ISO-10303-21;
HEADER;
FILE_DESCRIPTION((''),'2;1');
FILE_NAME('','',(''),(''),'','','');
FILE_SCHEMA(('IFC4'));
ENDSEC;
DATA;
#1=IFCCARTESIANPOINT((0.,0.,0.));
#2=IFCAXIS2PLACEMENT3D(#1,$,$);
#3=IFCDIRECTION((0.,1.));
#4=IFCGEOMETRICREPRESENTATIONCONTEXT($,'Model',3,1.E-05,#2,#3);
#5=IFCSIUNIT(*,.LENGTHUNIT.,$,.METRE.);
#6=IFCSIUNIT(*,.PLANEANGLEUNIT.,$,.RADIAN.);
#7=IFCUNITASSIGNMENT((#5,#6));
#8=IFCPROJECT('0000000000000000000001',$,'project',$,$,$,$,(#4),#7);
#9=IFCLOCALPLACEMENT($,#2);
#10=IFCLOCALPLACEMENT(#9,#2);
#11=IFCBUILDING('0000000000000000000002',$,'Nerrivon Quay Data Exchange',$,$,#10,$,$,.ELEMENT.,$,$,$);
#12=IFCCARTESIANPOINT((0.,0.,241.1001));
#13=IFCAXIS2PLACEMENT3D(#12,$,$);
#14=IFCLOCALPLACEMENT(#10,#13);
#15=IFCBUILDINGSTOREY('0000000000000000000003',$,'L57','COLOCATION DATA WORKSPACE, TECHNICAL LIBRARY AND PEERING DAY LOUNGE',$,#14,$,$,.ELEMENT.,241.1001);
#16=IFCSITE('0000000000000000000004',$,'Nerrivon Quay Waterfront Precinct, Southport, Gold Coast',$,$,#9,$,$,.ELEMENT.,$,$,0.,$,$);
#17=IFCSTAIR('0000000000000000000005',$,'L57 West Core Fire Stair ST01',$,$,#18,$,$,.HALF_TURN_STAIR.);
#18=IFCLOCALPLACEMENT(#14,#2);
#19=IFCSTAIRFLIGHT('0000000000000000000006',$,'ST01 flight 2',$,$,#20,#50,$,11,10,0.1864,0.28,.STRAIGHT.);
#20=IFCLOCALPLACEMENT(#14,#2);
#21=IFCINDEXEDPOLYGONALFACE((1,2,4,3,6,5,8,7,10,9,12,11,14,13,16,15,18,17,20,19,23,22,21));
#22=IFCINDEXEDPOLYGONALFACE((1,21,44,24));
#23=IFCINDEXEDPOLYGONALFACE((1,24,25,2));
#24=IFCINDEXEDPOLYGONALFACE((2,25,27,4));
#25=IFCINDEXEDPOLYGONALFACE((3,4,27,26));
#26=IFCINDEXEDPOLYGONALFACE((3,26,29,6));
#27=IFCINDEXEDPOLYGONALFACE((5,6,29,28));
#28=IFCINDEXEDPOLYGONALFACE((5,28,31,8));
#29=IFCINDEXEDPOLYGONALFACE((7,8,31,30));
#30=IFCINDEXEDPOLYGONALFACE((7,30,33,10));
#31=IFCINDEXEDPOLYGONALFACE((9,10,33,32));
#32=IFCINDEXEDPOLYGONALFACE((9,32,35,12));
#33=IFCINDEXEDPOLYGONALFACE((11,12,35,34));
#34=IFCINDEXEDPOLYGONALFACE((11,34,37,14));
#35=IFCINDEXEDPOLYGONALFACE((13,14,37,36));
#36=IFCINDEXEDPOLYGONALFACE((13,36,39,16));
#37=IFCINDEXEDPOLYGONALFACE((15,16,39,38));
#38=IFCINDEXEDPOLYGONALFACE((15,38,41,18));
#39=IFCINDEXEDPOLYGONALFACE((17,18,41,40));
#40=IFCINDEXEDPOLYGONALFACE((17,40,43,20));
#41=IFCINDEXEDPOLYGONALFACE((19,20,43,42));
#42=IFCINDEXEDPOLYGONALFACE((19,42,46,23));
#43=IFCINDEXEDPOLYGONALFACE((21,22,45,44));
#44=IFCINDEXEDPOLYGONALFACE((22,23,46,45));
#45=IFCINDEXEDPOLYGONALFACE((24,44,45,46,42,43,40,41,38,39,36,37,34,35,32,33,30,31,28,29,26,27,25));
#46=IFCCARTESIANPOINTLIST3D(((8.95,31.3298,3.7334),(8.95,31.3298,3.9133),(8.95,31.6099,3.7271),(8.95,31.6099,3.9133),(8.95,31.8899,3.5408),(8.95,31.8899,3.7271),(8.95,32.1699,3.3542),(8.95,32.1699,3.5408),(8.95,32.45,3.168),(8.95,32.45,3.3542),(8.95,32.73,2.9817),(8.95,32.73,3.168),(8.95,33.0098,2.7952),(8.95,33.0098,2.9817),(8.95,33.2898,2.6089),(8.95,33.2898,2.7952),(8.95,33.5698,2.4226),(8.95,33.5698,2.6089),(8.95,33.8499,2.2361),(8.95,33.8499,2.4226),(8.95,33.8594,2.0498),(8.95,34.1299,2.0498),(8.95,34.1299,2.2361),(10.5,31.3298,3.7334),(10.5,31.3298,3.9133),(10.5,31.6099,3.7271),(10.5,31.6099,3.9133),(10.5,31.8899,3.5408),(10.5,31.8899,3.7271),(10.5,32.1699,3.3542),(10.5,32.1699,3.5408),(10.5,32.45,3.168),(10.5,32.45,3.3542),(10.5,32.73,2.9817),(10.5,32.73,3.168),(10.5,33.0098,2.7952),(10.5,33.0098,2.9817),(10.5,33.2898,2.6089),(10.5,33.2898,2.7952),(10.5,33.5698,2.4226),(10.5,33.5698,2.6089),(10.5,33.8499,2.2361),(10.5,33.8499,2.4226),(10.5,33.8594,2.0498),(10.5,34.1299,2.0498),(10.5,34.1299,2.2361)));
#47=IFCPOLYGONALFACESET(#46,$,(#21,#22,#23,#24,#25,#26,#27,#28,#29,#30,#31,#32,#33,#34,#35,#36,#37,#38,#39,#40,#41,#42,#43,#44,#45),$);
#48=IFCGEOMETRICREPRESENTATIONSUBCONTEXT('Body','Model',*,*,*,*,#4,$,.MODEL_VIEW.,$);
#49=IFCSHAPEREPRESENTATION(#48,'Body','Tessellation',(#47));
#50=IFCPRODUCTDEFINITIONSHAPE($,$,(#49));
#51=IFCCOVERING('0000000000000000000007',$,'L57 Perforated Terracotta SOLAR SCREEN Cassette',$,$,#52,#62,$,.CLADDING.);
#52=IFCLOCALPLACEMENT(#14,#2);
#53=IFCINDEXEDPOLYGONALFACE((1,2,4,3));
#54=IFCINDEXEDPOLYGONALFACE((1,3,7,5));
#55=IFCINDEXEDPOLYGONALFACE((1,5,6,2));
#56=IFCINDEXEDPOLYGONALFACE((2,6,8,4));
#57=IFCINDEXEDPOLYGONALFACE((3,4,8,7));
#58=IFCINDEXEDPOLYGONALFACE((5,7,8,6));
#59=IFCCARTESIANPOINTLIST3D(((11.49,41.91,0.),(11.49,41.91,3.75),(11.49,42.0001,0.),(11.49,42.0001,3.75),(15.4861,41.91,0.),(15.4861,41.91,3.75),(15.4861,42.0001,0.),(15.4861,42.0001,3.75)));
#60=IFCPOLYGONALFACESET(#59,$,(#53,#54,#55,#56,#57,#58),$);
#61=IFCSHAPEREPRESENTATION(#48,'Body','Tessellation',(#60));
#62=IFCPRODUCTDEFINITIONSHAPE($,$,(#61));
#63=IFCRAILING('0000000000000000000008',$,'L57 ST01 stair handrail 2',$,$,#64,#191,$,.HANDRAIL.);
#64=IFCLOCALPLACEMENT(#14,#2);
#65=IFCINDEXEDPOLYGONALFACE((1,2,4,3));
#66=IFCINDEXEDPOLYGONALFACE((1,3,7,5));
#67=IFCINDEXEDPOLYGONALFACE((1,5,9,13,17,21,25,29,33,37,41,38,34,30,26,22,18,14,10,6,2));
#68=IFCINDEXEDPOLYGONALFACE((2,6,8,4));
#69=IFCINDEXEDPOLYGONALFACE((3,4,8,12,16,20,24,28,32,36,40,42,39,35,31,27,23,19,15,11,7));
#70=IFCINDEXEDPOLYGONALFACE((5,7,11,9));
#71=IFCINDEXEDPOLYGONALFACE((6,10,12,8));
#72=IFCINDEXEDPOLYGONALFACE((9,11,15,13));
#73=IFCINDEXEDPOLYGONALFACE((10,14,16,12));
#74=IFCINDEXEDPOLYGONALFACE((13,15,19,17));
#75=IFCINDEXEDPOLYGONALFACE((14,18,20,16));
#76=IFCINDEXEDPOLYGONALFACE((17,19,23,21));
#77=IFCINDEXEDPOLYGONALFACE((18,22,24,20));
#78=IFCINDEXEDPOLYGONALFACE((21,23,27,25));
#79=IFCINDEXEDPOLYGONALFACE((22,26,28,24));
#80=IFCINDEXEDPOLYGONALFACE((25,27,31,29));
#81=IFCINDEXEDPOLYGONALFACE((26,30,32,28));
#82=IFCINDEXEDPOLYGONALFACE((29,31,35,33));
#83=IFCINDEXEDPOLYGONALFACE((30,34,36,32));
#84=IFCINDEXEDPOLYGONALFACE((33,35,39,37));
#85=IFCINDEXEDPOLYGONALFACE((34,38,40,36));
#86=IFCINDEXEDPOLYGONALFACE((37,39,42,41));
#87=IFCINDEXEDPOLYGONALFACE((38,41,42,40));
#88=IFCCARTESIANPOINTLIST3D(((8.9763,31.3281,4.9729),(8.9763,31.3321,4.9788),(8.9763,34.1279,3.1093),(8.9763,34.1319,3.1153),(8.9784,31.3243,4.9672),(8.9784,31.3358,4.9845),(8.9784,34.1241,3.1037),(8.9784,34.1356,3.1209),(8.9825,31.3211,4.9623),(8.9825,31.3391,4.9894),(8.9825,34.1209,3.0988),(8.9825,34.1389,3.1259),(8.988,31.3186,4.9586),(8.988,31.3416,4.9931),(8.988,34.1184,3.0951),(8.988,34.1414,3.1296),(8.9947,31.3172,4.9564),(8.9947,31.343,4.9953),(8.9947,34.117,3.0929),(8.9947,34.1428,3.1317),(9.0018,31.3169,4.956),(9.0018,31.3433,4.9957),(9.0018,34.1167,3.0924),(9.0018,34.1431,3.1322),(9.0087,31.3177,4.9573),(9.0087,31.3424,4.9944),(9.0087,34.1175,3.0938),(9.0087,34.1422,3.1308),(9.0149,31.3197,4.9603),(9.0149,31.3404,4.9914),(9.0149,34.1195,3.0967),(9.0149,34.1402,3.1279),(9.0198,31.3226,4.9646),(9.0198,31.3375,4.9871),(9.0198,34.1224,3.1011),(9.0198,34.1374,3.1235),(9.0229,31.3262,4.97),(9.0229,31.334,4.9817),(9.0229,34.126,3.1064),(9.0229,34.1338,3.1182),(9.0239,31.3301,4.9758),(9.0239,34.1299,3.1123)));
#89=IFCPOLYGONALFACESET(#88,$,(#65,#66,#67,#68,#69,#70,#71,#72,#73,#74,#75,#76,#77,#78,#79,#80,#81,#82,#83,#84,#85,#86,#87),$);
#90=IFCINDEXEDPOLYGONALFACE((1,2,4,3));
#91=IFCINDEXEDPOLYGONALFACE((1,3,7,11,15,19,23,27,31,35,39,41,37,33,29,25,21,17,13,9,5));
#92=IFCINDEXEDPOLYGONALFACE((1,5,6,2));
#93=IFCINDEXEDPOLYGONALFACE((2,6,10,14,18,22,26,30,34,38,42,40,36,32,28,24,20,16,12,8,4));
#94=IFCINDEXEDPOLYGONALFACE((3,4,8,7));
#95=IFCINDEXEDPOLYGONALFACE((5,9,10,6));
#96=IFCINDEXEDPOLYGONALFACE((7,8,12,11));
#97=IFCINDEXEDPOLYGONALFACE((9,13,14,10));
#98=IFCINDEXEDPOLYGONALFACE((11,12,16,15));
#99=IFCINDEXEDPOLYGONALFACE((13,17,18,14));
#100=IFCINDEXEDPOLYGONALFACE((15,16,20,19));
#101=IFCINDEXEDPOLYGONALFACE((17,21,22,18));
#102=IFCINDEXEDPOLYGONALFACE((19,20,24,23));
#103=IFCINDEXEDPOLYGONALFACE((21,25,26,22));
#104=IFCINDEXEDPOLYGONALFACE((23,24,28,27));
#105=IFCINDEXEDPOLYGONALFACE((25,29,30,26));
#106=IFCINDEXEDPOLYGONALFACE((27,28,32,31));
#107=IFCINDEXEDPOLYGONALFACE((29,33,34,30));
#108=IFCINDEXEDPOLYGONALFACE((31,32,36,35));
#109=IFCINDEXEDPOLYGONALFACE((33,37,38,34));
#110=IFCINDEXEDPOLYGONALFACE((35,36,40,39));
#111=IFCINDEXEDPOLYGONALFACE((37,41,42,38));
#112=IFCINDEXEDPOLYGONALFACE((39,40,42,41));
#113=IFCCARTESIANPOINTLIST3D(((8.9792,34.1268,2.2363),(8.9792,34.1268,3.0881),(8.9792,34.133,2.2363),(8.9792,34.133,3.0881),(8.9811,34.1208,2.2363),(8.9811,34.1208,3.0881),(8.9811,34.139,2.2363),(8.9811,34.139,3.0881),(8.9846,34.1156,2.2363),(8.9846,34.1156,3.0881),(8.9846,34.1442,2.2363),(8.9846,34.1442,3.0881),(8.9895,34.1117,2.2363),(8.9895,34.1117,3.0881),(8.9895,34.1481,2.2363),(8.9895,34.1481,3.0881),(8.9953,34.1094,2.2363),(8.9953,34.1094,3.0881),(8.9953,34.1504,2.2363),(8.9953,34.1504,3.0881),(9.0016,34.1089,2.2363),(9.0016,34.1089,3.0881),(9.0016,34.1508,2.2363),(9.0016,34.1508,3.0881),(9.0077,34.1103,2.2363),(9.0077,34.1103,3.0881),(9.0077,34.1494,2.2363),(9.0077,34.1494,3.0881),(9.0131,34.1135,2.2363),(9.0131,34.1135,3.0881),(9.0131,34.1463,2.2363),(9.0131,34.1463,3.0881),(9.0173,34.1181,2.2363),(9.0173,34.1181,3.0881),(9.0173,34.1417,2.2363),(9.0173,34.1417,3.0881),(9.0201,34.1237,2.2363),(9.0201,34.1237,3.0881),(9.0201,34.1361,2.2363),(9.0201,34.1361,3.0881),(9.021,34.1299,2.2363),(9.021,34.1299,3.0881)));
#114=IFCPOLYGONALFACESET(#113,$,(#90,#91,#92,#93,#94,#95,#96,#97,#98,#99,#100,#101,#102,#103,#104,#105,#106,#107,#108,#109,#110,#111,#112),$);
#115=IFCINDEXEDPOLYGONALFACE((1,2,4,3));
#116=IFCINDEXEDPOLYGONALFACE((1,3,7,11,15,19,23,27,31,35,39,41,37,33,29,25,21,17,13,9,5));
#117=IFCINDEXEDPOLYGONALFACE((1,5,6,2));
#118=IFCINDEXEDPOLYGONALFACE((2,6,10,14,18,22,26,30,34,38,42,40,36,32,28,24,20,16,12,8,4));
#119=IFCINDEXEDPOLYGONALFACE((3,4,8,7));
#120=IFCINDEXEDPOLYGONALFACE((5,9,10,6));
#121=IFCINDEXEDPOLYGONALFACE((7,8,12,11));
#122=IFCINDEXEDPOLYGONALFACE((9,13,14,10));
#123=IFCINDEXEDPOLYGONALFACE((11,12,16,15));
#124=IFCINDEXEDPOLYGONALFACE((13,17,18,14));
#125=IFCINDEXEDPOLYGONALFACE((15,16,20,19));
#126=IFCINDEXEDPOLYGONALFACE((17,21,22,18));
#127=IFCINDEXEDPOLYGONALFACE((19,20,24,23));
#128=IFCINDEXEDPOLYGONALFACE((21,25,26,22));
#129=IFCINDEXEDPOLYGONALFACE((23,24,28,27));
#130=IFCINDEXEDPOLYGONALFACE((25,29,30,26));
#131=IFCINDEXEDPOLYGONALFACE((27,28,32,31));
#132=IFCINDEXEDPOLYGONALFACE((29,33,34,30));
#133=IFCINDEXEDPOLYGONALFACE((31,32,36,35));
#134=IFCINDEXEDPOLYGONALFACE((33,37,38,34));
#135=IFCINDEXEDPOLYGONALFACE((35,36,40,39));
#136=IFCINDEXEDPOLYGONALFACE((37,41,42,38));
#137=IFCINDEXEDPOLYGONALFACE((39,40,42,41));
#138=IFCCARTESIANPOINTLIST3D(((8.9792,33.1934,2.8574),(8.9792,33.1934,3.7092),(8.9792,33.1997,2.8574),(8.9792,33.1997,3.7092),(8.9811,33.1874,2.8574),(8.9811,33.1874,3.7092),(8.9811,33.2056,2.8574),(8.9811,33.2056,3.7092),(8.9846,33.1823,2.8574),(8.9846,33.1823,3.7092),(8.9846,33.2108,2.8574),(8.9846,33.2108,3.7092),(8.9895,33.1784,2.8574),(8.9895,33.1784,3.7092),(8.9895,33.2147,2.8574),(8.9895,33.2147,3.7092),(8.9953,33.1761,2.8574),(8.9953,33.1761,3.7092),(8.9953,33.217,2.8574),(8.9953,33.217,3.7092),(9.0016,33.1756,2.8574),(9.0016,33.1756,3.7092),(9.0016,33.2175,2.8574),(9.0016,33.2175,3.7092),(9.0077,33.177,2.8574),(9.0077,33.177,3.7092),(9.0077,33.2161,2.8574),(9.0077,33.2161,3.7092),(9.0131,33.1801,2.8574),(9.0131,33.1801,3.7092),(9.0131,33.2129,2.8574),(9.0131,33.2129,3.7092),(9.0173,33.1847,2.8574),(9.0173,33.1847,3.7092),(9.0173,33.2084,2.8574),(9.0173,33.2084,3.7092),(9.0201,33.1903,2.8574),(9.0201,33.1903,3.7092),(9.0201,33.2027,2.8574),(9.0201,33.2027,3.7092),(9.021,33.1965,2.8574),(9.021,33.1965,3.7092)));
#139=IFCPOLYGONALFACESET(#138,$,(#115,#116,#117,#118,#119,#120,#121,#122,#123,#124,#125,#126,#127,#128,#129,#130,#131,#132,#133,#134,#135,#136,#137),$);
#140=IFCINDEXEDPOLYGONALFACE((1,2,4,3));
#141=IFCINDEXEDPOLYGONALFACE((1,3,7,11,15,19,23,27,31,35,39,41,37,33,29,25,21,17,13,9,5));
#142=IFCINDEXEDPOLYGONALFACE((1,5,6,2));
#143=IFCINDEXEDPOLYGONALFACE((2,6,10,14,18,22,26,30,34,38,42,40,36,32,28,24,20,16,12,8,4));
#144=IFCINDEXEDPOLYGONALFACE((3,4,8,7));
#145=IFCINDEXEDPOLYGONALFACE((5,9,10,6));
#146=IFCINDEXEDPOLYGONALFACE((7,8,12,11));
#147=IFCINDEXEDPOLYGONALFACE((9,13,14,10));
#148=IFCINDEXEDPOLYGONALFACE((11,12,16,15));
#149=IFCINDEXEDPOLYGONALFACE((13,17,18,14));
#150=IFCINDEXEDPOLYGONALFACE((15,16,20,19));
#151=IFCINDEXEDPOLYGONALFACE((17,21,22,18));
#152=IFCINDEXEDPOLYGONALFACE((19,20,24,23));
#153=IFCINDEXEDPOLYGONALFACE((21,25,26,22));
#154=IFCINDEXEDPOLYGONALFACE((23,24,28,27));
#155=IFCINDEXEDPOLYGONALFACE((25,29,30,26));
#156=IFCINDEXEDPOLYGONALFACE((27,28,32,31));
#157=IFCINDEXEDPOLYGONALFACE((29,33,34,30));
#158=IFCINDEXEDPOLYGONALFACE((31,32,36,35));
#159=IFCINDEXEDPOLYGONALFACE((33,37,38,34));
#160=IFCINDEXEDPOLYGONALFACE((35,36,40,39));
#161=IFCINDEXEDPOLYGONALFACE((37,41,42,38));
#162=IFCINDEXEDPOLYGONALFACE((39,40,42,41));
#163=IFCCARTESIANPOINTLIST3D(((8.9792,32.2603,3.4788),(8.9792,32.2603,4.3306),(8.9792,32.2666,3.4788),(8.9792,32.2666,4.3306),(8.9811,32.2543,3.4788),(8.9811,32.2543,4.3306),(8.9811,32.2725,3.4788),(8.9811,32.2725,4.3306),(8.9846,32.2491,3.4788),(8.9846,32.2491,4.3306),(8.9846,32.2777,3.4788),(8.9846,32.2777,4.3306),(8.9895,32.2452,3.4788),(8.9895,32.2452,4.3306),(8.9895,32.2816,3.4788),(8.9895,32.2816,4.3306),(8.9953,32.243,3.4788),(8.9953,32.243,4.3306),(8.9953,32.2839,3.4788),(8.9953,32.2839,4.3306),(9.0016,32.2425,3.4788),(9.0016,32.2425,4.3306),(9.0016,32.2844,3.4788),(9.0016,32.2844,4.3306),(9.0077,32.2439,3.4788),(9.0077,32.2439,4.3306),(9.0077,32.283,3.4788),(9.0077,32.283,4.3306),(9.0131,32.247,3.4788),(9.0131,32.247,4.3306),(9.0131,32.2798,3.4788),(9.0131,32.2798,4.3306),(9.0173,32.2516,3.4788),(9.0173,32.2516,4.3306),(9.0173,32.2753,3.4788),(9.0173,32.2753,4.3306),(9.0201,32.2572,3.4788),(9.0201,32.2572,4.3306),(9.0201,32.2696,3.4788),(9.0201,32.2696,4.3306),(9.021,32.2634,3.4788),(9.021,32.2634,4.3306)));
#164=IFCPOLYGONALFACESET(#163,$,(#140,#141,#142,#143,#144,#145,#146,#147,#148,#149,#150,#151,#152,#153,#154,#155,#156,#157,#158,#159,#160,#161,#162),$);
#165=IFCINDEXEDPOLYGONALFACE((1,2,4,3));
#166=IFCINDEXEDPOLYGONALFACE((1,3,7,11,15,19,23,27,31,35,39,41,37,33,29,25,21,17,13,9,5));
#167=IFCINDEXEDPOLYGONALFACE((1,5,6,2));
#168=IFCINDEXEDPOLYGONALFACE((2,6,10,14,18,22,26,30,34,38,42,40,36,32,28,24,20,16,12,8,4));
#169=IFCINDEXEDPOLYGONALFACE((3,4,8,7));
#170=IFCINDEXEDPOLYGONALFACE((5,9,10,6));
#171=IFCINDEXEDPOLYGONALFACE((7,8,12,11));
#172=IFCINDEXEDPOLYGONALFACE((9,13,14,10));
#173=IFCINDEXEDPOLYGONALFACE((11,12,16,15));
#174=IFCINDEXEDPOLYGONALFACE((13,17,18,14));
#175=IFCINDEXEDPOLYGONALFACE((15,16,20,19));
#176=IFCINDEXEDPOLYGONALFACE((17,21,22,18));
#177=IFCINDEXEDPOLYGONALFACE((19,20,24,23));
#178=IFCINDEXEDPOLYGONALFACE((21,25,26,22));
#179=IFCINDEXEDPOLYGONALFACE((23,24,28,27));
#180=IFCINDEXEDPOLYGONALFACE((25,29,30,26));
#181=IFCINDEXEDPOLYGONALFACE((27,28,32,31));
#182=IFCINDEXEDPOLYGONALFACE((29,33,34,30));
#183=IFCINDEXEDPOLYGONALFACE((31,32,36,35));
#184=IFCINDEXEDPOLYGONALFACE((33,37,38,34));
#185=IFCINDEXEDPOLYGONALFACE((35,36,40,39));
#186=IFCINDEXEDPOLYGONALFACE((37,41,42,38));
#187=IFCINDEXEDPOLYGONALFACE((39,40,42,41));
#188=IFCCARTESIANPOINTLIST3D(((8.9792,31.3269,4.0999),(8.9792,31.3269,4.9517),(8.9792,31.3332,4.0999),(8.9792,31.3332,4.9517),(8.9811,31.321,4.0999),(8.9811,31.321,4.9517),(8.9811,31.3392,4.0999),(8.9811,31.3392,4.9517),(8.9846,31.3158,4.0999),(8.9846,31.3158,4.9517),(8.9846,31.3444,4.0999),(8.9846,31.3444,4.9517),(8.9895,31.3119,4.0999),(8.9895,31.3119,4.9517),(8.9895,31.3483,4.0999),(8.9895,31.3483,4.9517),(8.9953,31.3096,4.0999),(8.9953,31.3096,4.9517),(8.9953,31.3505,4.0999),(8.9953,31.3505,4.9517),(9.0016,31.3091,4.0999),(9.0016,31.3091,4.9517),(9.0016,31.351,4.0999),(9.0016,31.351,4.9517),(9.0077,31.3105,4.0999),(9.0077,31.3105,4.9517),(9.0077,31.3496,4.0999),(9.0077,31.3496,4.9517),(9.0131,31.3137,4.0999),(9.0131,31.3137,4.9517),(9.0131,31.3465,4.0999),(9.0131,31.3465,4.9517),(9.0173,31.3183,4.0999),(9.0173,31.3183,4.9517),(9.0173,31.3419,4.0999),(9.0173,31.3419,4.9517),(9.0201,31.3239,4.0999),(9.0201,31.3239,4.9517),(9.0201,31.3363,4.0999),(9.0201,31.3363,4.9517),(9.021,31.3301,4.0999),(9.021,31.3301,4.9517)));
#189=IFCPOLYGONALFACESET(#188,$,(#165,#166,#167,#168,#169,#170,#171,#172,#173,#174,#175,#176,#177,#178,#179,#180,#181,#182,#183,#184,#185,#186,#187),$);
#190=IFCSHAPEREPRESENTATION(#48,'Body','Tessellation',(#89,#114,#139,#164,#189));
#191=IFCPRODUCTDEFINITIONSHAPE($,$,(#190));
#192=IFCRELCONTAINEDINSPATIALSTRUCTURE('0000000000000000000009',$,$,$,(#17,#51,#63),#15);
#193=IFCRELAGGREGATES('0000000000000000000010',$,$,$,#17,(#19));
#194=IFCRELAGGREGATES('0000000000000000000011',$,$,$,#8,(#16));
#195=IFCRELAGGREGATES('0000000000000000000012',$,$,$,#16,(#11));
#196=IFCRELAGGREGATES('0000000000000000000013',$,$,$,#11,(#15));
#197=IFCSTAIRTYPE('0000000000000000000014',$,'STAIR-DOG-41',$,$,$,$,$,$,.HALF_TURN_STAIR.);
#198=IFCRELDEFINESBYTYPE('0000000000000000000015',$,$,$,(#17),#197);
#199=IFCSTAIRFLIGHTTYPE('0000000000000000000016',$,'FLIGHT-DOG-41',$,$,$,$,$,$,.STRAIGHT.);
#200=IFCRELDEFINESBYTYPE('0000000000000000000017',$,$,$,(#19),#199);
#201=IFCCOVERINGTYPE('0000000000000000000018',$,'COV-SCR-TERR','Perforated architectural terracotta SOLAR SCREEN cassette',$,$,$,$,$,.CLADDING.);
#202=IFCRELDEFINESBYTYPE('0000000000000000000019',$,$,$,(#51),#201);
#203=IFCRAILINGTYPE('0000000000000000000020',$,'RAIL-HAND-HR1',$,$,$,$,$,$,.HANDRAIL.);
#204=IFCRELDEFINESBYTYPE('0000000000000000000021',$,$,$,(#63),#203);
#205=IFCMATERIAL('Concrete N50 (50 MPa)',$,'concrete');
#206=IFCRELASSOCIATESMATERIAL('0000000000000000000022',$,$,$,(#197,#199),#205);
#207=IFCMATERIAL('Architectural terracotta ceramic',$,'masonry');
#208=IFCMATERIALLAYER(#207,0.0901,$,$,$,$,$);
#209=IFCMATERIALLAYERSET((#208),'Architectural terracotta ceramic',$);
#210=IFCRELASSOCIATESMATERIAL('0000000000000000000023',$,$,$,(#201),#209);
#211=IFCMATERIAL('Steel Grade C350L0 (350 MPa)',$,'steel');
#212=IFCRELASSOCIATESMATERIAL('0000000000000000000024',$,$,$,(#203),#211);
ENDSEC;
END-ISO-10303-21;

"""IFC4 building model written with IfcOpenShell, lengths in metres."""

from ifc_helpers import new_model, si_unit, direction, frame, origin, origin_2d, place, context, subcontext, project, spatial, polyline, rectangle, circle, outline, extrude, material, layer, layer_set, type_object, element, aggregate, save


model = new_model("IFC4")

# Units and contexts
model_context = context("Model", 3, precision=1e-05, world=origin(), true_north=direction((0.0, 1.0)))
body_context = subcontext(model_context, "Body", "Model", "MODEL_VIEW")
ifc_project = project(units=[si_unit("LENGTHUNIT", "METRE"), si_unit("PLANEANGLEUNIT", "RADIAN")], contexts=[model_context])

# Site, building, storey
site_placement = place(None, origin())
site = spatial("IfcSite", under=ifc_project, at=site_placement, Name="Nerrivon Quay Waterfront Precinct, Southport, Gold Coast", CompositionType="ELEMENT", RefElevation=0.0)
building_placement = place(site_placement, origin())
building = spatial("IfcBuilding", under=site, at=building_placement, Name="Nerrivon Quay Data Exchange", CompositionType="ELEMENT")
storey_placement = place(building_placement, frame((0.0, 0.0, 241.1001)))
storey = spatial("IfcBuildingStorey", under=building, at=storey_placement, Name="L57", Description="COLOCATION DATA WORKSPACE, TECHNICAL LIBRARY AND PEERING DAY LOUNGE", CompositionType="ELEMENT", Elevation=241.1001)

# Shared definitions
ifc_material_1 = material(Name="Concrete N50 (50 MPa)", Category="concrete")
ifc_material_2 = material(Name="Steel Grade C350L0 (350 MPa)", Category="steel")

# Stair, stair flight
stair_type = type_object("IfcStairType", Name="STAIR-DOG-41", PredefinedType="HALF_TURN_STAIR", material=ifc_material_1)
stair_placement = place(storey_placement, origin())
stair = element("IfcStair", 1, at=stair_placement, inside=storey, type_object=stair_type, Name="L57 West Core Fire Stair ST01", PredefinedType="HALF_TURN_STAIR")
stair_flight_type = type_object("IfcStairFlightType", Name="FLIGHT-DOG-41", PredefinedType="STRAIGHT", material=ifc_material_1)
stair_flight_placement = place(storey_placement, frame((9.7251, 34.1299, 2.0498), z_axis=(0.0, 0.0, 1.0), x_axis=(0.0, -1.0, 0.0)))
stair_flight = element("IfcStairFlight", 2, at=stair_flight_placement, type_object=stair_flight_type, Name="ST01 flight 2", NumberOfRisers=11, NumberOfTreads=10, PredefinedType="STRAIGHT", RiserHeight=0.1864, TreadLength=0.28, context=body_context, shape_type="SweptSolid", body=[
    extrude(outline(polyline([(0.0, 0.0), (0.0, 0.1863), (0.28, 0.1863), (0.28, 0.3728), (0.5601, 0.3728), (0.5601, 0.5591), (0.8401, 0.5591), (0.8401, 0.7454), (1.1201, 0.7454), (1.1201, 0.9319), (1.3999, 0.9319), (1.3999, 1.1182), (1.6799, 1.1182), (1.6799, 1.3044), (1.96, 1.3044), (1.96, 1.491), (2.24, 1.491), (2.24, 1.6772), (2.52, 1.6772), (2.52, 1.8635), (2.8, 1.8635), (2.8, 2.05), (2.8, 1.6836), (0.2705, 0.0), (0.0, 0.0)])), frame((0.0, 0.7749, 0.0), z_axis=(0.0, -1.0, 0.0), x_axis=(1.0, 0.0, 0.0)), (0.0, 0.0, 1.0), 1.55),
])
aggregate(stair, [stair_flight])

# Covering
ifc_material_3 = material(Name="Architectural terracotta ceramic", Category="masonry")
ifc_layer_1 = layer(ifc_material_3, 0.0901)
ifc_layer_set_1 = layer_set([ifc_layer_1], Name="Architectural terracotta ceramic")
covering_type = type_object("IfcCoveringType", Name="COV-SCR-TERR", Description="Perforated architectural terracotta SOLAR SCREEN cassette", PredefinedType="CLADDING", material=ifc_layer_set_1)
covering_placement = place(storey_placement, frame((13.488, 41.9551, 0.0), z_axis=(0.0, 0.0, 1.0), x_axis=(1.0, 0.0, 0.0)))
element("IfcCovering", 3, at=covering_placement, inside=storey, type_object=covering_type, Name="L57 Perforated Terracotta SOLAR SCREEN Cassette", PredefinedType="CLADDING", context=body_context, shape_type="SweptSolid", body=[
    extrude(rectangle(XDim=3.9961, YDim=0.0901, at=origin_2d()), origin(), (0.0, 0.0, 1.0), 3.75),
])

# Railing
railing_type_1 = type_object("IfcRailingType", Name="RAIL-HAND-HR1", PredefinedType="HANDRAIL", material=ifc_material_2)
railing_1_placement = place(storey_placement, frame((9.0, 34.1299, 2.2363)))
element("IfcRailing", 4, at=railing_1_placement, inside=storey, type_object=railing_type_1, Name="L57 ST01 stair handrail 2", PredefinedType="HANDRAIL", context=body_context, shape_type="SweptSolid", body=[
    extrude(circle(Radius=0.0239, at=origin_2d()), frame((0.0, 0.0, 0.876), z_axis=(0.0, -0.832463, 0.55408), x_axis=(1.0, 0.0, 0.0)), (0.0, 0.0, 1.0), 3.3633),
    extrude(circle(Radius=0.021, at=origin_2d()), origin(), (0.0, 0.0, 1.0), 0.8518),
    extrude(circle(Radius=0.021, at=origin_2d()), frame((0.0, -0.9333, 0.6211)), (0.0, 0.0, 1.0), 0.8518),
    extrude(circle(Radius=0.021, at=origin_2d()), frame((0.0, -1.8665, 1.2424)), (0.0, 0.0, 1.0), 0.8518),
    extrude(circle(Radius=0.021, at=origin_2d()), frame((0.0, -2.7998, 1.8635)), (0.0, 0.0, 1.0), 0.8518),
])

save(model, "model.ifc")
